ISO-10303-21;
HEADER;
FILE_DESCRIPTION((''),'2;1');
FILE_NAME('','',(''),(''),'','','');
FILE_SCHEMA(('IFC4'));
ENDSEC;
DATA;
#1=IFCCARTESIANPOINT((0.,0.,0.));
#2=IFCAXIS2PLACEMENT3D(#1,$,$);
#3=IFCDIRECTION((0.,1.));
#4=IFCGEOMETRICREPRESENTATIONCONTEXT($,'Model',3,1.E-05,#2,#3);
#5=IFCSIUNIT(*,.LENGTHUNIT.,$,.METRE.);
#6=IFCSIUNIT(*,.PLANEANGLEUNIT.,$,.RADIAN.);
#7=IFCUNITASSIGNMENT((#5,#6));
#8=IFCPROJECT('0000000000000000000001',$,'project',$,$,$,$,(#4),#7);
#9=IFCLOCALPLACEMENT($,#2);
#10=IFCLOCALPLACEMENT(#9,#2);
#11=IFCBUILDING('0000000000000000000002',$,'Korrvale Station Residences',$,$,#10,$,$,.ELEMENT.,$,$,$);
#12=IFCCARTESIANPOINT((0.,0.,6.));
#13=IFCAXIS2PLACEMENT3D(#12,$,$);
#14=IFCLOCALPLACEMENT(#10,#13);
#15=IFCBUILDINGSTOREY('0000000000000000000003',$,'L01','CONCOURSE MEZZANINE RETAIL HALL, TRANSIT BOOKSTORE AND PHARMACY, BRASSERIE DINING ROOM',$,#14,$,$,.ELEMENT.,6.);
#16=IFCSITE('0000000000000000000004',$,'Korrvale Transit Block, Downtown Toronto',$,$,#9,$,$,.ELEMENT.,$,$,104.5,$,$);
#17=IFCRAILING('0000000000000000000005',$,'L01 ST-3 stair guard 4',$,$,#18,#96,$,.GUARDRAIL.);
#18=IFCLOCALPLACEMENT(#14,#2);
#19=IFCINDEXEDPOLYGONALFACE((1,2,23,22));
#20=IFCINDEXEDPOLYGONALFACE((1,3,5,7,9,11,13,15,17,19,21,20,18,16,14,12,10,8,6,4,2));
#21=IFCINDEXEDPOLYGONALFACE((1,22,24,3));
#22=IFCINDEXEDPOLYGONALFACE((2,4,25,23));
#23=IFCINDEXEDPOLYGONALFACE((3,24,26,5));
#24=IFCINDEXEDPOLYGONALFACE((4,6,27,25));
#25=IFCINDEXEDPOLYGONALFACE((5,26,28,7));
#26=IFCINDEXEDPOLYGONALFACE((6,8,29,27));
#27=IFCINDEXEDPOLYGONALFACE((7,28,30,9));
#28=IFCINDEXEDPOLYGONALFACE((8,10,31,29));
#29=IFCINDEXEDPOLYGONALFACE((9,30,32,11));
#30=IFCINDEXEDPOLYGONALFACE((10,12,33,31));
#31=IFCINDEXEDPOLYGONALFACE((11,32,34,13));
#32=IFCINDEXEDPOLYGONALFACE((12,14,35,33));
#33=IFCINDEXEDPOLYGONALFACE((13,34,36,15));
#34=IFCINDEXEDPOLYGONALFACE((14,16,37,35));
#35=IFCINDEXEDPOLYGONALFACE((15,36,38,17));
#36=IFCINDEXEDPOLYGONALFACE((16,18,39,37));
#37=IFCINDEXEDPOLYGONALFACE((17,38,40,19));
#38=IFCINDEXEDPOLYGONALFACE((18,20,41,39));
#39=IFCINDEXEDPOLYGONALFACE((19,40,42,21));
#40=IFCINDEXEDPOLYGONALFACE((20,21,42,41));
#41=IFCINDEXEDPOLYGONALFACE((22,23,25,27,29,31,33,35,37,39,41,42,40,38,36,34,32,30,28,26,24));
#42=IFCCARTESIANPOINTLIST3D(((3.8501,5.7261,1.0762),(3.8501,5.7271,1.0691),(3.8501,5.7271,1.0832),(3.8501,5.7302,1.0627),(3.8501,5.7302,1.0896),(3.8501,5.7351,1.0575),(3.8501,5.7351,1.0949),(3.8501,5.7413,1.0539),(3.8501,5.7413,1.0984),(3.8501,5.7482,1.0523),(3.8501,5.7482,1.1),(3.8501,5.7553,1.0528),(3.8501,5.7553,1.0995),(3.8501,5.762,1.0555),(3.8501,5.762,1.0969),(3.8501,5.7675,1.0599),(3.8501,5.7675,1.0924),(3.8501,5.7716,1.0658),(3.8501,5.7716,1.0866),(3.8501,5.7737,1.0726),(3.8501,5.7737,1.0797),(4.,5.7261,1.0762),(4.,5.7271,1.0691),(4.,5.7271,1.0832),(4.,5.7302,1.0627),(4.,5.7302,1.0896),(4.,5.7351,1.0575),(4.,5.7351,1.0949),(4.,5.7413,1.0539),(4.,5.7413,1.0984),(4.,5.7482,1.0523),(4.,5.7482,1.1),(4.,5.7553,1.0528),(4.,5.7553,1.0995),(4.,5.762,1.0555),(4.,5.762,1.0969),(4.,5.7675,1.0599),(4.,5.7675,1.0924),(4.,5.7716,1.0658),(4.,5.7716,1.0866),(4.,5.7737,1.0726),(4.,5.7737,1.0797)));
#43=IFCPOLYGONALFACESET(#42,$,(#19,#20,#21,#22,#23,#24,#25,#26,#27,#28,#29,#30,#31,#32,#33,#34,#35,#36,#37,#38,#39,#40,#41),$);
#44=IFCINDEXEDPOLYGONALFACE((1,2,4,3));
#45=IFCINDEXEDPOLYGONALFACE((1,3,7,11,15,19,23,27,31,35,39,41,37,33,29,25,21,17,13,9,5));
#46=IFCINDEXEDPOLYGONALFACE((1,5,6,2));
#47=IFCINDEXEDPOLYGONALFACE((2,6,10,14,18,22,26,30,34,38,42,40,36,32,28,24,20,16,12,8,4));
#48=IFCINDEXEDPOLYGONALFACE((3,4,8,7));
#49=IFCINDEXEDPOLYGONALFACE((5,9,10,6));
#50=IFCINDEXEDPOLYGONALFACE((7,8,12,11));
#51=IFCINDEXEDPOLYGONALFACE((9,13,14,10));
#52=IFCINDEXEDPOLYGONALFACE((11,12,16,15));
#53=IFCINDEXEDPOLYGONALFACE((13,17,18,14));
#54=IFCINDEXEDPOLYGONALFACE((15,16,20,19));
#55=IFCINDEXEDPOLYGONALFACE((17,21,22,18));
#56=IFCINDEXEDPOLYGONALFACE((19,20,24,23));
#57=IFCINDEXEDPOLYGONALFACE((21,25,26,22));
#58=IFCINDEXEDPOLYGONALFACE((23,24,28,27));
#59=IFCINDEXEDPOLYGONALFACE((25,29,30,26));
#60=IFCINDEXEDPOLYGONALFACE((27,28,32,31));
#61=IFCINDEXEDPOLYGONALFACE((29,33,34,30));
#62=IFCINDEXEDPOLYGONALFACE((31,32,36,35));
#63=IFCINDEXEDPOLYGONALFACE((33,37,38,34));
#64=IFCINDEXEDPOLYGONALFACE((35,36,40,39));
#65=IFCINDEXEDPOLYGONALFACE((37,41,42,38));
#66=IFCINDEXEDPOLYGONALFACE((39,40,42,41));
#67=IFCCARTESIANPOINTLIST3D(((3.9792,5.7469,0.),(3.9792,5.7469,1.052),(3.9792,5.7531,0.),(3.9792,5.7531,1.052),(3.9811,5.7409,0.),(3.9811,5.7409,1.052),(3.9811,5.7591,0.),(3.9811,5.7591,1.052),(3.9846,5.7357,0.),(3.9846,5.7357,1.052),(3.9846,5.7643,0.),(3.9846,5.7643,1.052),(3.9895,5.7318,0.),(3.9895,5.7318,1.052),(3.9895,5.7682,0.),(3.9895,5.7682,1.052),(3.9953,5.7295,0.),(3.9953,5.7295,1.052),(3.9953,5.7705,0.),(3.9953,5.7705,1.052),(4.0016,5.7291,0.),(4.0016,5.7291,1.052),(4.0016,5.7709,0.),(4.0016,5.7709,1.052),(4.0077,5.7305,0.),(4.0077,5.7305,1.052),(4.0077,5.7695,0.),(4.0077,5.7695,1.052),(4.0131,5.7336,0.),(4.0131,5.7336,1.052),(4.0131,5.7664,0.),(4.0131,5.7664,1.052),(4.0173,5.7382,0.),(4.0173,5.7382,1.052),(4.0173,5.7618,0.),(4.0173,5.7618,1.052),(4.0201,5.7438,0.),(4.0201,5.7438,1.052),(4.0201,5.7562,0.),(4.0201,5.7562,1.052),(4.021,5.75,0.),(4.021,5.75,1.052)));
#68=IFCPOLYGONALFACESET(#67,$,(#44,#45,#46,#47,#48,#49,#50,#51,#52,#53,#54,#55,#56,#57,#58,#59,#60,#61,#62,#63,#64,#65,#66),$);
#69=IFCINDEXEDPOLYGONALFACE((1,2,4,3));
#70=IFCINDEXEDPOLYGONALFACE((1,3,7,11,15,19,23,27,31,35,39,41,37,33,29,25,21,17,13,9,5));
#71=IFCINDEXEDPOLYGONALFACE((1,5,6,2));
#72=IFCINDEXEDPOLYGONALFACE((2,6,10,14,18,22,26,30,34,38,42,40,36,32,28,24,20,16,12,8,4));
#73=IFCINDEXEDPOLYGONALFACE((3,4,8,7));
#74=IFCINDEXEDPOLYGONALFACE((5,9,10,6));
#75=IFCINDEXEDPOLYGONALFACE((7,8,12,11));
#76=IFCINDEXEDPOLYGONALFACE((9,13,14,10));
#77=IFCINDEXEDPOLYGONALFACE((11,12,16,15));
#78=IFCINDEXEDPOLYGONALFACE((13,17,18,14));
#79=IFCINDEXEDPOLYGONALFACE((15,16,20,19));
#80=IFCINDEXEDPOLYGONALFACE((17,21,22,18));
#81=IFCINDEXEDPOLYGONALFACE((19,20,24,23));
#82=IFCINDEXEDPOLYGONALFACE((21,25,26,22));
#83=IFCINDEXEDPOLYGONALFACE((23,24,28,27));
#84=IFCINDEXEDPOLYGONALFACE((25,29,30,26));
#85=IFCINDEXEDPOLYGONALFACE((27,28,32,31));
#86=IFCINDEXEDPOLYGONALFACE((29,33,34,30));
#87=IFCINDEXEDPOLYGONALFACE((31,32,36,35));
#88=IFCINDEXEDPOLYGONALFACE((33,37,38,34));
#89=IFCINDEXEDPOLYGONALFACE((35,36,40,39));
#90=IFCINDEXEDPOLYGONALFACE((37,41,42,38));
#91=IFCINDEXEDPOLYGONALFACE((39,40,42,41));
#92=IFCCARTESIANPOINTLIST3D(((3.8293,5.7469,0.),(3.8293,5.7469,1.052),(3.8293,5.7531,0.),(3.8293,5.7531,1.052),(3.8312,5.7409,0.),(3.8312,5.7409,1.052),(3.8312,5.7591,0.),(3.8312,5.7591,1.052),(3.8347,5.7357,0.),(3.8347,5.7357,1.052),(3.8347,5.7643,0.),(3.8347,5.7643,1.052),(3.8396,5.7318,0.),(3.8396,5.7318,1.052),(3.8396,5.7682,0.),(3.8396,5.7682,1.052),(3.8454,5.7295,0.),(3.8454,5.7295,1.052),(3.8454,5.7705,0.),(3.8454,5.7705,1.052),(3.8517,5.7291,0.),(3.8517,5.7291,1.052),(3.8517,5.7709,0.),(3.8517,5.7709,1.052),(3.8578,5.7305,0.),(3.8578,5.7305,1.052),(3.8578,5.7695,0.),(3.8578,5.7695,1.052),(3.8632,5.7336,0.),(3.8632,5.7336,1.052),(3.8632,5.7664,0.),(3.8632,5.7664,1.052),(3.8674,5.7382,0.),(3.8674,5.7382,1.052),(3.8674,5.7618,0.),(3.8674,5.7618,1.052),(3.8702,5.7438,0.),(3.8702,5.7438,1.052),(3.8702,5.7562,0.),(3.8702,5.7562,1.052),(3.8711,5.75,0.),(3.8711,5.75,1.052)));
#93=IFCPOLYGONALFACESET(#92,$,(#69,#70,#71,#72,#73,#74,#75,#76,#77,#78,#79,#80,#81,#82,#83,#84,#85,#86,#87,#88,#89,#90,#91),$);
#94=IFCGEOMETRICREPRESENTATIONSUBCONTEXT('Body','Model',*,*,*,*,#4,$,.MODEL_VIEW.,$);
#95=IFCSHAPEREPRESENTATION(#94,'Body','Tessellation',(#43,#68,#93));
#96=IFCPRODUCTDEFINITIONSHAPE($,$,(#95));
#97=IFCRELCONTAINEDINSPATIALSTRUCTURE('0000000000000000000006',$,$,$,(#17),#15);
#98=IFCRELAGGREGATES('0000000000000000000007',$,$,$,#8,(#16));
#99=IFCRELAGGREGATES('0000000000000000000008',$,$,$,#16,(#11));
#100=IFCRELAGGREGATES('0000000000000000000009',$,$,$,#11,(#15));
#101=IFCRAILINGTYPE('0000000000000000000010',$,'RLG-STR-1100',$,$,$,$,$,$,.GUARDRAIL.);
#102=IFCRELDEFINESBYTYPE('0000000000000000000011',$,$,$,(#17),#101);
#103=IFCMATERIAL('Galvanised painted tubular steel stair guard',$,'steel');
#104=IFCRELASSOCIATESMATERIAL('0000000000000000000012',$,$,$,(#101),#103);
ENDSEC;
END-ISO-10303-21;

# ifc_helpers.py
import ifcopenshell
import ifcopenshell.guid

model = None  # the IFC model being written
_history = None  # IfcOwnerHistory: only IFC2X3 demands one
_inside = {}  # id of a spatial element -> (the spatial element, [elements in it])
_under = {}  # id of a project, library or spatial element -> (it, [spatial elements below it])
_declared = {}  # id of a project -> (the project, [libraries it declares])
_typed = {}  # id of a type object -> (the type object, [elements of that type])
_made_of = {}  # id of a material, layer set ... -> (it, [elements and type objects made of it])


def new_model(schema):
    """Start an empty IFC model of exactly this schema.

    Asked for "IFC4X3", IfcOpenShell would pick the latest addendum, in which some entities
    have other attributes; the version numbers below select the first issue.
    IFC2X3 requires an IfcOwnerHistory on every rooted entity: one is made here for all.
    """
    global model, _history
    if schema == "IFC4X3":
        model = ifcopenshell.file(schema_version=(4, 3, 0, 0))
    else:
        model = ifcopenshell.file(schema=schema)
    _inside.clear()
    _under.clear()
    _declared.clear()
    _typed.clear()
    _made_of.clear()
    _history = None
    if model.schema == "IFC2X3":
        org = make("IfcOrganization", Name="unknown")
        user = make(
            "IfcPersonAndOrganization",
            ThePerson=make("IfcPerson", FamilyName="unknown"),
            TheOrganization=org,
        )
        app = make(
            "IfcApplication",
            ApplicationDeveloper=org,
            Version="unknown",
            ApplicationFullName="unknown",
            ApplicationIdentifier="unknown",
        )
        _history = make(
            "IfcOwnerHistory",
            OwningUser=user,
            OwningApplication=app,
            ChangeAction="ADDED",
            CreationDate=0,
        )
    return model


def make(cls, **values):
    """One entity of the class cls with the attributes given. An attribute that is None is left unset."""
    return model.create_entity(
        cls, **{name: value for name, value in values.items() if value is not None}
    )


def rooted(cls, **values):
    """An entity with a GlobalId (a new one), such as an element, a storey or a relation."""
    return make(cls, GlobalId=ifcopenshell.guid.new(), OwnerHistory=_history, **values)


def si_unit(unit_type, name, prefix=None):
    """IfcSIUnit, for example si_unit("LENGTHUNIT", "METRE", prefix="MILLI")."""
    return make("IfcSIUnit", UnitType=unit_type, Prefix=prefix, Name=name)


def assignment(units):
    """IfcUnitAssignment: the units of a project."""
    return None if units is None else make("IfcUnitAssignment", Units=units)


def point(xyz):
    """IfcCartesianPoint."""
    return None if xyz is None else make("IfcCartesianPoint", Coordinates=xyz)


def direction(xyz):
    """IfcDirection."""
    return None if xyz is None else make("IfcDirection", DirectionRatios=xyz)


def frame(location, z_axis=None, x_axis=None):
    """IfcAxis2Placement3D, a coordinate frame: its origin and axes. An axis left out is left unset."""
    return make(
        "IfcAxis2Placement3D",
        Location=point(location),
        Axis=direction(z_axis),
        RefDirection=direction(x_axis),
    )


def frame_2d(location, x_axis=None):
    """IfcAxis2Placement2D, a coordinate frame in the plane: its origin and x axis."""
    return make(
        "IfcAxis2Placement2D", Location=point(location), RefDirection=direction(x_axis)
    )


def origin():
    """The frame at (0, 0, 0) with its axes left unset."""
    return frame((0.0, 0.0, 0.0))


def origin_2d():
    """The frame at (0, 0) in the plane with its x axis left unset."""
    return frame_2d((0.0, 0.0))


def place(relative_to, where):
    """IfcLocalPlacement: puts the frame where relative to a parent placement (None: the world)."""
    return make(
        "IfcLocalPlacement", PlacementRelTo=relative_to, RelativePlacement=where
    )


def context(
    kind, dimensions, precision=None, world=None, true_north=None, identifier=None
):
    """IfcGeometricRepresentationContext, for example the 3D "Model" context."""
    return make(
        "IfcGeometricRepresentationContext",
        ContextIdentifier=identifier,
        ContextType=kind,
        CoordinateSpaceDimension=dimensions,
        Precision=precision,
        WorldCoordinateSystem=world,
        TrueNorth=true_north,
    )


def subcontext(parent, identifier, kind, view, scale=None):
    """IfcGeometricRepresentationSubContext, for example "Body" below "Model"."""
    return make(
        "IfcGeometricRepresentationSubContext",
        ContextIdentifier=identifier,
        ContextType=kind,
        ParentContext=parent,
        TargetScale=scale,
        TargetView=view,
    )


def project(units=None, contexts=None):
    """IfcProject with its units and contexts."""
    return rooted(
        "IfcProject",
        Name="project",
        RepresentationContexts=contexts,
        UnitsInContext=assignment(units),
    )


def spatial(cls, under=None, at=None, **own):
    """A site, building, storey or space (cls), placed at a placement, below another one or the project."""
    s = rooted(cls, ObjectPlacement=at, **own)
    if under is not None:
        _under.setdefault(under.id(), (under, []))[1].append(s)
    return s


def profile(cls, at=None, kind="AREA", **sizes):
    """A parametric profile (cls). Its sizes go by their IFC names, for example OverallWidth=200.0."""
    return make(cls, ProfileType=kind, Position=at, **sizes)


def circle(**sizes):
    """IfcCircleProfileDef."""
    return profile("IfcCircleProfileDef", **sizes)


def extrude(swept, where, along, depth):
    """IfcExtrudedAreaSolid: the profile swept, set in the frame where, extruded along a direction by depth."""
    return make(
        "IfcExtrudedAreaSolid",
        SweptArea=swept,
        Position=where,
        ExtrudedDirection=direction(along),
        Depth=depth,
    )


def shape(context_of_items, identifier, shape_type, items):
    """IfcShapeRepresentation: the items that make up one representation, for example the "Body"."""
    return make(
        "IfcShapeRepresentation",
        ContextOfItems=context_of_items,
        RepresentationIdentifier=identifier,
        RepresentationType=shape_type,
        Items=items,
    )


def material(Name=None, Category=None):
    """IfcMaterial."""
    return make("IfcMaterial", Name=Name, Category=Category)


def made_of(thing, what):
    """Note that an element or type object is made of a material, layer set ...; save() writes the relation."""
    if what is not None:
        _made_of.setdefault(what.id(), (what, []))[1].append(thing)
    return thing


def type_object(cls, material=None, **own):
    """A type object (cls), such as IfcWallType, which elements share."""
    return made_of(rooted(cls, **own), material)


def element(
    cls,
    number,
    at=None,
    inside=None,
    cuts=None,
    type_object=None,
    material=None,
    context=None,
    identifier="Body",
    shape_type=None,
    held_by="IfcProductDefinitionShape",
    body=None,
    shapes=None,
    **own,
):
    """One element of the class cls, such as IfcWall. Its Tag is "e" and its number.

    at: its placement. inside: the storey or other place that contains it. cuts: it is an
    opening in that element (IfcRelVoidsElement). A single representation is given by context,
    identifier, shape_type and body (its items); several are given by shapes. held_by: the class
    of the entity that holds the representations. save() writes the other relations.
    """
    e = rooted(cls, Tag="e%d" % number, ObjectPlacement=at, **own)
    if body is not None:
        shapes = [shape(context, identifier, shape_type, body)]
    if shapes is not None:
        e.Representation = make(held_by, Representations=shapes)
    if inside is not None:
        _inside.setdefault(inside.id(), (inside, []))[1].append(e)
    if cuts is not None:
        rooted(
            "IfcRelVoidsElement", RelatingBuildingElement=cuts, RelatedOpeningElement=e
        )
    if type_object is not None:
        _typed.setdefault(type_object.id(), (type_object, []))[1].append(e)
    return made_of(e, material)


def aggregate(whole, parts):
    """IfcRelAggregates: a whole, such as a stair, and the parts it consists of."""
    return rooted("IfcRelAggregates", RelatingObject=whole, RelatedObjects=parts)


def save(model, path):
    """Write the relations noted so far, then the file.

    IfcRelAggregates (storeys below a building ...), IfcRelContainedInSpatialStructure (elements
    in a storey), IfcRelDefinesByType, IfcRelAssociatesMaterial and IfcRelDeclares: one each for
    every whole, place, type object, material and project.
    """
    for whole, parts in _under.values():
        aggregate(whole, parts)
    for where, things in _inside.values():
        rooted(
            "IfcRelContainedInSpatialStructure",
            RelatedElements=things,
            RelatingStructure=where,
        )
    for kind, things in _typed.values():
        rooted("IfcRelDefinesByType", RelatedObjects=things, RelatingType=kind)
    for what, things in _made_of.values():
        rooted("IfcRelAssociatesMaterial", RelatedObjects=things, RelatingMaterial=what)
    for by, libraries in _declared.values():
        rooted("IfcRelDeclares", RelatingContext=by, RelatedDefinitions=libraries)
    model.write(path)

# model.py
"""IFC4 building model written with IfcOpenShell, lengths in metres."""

from ifc_helpers import new_model, si_unit, direction, frame, origin, origin_2d, place, context, subcontext, project, spatial, circle, extrude, material, type_object, element, save


model = new_model("IFC4")

# Units and contexts
model_context = context("Model", 3, precision=1e-05, world=origin(), true_north=direction((0.0, 1.0)))
body_context = subcontext(model_context, "Body", "Model", "MODEL_VIEW")
ifc_project = project(units=[si_unit("LENGTHUNIT", "METRE"), si_unit("PLANEANGLEUNIT", "RADIAN")], contexts=[model_context])

# Site, building, storey
site_placement = place(None, origin())
site = spatial("IfcSite", under=ifc_project, at=site_placement, Name="Korrvale Transit Block, Downtown Toronto", CompositionType="ELEMENT", RefElevation=104.5)
building_placement = place(site_placement, origin())
building = spatial("IfcBuilding", under=site, at=building_placement, Name="Korrvale Station Residences", CompositionType="ELEMENT")
storey_placement = place(building_placement, frame((0.0, 0.0, 6.0)))
storey = spatial("IfcBuildingStorey", under=building, at=storey_placement, Name="L01", Description="CONCOURSE MEZZANINE RETAIL HALL, TRANSIT BOOKSTORE AND PHARMACY, BRASSERIE DINING ROOM", CompositionType="ELEMENT", Elevation=6.0)

# Railing
ifc_material_1 = material(Name="Galvanised painted tubular steel stair guard", Category="steel")
railing_type_1 = type_object("IfcRailingType", Name="RLG-STR-1100", PredefinedType="GUARDRAIL", material=ifc_material_1)
railing_1_placement = place(storey_placement, frame((4.0, 5.75, 0.0)))
element("IfcRailing", 1, at=railing_1_placement, inside=storey, type_object=railing_type_1, Name="L01 ST-3 stair guard 4", PredefinedType="GUARDRAIL", context=body_context, shape_type="SweptSolid", body=[
    extrude(circle(Radius=0.0239, at=origin_2d()), frame((0.0, 0.0, 1.0762), z_axis=(-1.0, 0.0, 0.0), x_axis=(0.0, -1.0, 0.0)), (0.0, 0.0, 1.0), 0.1499),
    extrude(circle(Radius=0.021, at=origin_2d()), origin(), (0.0, 0.0, 1.0), 1.052),
    extrude(circle(Radius=0.021, at=origin_2d()), frame((-0.1499, 0.0, 0.0)), (0.0, 0.0, 1.0), 1.052),
])

save(model, "model.ifc")
